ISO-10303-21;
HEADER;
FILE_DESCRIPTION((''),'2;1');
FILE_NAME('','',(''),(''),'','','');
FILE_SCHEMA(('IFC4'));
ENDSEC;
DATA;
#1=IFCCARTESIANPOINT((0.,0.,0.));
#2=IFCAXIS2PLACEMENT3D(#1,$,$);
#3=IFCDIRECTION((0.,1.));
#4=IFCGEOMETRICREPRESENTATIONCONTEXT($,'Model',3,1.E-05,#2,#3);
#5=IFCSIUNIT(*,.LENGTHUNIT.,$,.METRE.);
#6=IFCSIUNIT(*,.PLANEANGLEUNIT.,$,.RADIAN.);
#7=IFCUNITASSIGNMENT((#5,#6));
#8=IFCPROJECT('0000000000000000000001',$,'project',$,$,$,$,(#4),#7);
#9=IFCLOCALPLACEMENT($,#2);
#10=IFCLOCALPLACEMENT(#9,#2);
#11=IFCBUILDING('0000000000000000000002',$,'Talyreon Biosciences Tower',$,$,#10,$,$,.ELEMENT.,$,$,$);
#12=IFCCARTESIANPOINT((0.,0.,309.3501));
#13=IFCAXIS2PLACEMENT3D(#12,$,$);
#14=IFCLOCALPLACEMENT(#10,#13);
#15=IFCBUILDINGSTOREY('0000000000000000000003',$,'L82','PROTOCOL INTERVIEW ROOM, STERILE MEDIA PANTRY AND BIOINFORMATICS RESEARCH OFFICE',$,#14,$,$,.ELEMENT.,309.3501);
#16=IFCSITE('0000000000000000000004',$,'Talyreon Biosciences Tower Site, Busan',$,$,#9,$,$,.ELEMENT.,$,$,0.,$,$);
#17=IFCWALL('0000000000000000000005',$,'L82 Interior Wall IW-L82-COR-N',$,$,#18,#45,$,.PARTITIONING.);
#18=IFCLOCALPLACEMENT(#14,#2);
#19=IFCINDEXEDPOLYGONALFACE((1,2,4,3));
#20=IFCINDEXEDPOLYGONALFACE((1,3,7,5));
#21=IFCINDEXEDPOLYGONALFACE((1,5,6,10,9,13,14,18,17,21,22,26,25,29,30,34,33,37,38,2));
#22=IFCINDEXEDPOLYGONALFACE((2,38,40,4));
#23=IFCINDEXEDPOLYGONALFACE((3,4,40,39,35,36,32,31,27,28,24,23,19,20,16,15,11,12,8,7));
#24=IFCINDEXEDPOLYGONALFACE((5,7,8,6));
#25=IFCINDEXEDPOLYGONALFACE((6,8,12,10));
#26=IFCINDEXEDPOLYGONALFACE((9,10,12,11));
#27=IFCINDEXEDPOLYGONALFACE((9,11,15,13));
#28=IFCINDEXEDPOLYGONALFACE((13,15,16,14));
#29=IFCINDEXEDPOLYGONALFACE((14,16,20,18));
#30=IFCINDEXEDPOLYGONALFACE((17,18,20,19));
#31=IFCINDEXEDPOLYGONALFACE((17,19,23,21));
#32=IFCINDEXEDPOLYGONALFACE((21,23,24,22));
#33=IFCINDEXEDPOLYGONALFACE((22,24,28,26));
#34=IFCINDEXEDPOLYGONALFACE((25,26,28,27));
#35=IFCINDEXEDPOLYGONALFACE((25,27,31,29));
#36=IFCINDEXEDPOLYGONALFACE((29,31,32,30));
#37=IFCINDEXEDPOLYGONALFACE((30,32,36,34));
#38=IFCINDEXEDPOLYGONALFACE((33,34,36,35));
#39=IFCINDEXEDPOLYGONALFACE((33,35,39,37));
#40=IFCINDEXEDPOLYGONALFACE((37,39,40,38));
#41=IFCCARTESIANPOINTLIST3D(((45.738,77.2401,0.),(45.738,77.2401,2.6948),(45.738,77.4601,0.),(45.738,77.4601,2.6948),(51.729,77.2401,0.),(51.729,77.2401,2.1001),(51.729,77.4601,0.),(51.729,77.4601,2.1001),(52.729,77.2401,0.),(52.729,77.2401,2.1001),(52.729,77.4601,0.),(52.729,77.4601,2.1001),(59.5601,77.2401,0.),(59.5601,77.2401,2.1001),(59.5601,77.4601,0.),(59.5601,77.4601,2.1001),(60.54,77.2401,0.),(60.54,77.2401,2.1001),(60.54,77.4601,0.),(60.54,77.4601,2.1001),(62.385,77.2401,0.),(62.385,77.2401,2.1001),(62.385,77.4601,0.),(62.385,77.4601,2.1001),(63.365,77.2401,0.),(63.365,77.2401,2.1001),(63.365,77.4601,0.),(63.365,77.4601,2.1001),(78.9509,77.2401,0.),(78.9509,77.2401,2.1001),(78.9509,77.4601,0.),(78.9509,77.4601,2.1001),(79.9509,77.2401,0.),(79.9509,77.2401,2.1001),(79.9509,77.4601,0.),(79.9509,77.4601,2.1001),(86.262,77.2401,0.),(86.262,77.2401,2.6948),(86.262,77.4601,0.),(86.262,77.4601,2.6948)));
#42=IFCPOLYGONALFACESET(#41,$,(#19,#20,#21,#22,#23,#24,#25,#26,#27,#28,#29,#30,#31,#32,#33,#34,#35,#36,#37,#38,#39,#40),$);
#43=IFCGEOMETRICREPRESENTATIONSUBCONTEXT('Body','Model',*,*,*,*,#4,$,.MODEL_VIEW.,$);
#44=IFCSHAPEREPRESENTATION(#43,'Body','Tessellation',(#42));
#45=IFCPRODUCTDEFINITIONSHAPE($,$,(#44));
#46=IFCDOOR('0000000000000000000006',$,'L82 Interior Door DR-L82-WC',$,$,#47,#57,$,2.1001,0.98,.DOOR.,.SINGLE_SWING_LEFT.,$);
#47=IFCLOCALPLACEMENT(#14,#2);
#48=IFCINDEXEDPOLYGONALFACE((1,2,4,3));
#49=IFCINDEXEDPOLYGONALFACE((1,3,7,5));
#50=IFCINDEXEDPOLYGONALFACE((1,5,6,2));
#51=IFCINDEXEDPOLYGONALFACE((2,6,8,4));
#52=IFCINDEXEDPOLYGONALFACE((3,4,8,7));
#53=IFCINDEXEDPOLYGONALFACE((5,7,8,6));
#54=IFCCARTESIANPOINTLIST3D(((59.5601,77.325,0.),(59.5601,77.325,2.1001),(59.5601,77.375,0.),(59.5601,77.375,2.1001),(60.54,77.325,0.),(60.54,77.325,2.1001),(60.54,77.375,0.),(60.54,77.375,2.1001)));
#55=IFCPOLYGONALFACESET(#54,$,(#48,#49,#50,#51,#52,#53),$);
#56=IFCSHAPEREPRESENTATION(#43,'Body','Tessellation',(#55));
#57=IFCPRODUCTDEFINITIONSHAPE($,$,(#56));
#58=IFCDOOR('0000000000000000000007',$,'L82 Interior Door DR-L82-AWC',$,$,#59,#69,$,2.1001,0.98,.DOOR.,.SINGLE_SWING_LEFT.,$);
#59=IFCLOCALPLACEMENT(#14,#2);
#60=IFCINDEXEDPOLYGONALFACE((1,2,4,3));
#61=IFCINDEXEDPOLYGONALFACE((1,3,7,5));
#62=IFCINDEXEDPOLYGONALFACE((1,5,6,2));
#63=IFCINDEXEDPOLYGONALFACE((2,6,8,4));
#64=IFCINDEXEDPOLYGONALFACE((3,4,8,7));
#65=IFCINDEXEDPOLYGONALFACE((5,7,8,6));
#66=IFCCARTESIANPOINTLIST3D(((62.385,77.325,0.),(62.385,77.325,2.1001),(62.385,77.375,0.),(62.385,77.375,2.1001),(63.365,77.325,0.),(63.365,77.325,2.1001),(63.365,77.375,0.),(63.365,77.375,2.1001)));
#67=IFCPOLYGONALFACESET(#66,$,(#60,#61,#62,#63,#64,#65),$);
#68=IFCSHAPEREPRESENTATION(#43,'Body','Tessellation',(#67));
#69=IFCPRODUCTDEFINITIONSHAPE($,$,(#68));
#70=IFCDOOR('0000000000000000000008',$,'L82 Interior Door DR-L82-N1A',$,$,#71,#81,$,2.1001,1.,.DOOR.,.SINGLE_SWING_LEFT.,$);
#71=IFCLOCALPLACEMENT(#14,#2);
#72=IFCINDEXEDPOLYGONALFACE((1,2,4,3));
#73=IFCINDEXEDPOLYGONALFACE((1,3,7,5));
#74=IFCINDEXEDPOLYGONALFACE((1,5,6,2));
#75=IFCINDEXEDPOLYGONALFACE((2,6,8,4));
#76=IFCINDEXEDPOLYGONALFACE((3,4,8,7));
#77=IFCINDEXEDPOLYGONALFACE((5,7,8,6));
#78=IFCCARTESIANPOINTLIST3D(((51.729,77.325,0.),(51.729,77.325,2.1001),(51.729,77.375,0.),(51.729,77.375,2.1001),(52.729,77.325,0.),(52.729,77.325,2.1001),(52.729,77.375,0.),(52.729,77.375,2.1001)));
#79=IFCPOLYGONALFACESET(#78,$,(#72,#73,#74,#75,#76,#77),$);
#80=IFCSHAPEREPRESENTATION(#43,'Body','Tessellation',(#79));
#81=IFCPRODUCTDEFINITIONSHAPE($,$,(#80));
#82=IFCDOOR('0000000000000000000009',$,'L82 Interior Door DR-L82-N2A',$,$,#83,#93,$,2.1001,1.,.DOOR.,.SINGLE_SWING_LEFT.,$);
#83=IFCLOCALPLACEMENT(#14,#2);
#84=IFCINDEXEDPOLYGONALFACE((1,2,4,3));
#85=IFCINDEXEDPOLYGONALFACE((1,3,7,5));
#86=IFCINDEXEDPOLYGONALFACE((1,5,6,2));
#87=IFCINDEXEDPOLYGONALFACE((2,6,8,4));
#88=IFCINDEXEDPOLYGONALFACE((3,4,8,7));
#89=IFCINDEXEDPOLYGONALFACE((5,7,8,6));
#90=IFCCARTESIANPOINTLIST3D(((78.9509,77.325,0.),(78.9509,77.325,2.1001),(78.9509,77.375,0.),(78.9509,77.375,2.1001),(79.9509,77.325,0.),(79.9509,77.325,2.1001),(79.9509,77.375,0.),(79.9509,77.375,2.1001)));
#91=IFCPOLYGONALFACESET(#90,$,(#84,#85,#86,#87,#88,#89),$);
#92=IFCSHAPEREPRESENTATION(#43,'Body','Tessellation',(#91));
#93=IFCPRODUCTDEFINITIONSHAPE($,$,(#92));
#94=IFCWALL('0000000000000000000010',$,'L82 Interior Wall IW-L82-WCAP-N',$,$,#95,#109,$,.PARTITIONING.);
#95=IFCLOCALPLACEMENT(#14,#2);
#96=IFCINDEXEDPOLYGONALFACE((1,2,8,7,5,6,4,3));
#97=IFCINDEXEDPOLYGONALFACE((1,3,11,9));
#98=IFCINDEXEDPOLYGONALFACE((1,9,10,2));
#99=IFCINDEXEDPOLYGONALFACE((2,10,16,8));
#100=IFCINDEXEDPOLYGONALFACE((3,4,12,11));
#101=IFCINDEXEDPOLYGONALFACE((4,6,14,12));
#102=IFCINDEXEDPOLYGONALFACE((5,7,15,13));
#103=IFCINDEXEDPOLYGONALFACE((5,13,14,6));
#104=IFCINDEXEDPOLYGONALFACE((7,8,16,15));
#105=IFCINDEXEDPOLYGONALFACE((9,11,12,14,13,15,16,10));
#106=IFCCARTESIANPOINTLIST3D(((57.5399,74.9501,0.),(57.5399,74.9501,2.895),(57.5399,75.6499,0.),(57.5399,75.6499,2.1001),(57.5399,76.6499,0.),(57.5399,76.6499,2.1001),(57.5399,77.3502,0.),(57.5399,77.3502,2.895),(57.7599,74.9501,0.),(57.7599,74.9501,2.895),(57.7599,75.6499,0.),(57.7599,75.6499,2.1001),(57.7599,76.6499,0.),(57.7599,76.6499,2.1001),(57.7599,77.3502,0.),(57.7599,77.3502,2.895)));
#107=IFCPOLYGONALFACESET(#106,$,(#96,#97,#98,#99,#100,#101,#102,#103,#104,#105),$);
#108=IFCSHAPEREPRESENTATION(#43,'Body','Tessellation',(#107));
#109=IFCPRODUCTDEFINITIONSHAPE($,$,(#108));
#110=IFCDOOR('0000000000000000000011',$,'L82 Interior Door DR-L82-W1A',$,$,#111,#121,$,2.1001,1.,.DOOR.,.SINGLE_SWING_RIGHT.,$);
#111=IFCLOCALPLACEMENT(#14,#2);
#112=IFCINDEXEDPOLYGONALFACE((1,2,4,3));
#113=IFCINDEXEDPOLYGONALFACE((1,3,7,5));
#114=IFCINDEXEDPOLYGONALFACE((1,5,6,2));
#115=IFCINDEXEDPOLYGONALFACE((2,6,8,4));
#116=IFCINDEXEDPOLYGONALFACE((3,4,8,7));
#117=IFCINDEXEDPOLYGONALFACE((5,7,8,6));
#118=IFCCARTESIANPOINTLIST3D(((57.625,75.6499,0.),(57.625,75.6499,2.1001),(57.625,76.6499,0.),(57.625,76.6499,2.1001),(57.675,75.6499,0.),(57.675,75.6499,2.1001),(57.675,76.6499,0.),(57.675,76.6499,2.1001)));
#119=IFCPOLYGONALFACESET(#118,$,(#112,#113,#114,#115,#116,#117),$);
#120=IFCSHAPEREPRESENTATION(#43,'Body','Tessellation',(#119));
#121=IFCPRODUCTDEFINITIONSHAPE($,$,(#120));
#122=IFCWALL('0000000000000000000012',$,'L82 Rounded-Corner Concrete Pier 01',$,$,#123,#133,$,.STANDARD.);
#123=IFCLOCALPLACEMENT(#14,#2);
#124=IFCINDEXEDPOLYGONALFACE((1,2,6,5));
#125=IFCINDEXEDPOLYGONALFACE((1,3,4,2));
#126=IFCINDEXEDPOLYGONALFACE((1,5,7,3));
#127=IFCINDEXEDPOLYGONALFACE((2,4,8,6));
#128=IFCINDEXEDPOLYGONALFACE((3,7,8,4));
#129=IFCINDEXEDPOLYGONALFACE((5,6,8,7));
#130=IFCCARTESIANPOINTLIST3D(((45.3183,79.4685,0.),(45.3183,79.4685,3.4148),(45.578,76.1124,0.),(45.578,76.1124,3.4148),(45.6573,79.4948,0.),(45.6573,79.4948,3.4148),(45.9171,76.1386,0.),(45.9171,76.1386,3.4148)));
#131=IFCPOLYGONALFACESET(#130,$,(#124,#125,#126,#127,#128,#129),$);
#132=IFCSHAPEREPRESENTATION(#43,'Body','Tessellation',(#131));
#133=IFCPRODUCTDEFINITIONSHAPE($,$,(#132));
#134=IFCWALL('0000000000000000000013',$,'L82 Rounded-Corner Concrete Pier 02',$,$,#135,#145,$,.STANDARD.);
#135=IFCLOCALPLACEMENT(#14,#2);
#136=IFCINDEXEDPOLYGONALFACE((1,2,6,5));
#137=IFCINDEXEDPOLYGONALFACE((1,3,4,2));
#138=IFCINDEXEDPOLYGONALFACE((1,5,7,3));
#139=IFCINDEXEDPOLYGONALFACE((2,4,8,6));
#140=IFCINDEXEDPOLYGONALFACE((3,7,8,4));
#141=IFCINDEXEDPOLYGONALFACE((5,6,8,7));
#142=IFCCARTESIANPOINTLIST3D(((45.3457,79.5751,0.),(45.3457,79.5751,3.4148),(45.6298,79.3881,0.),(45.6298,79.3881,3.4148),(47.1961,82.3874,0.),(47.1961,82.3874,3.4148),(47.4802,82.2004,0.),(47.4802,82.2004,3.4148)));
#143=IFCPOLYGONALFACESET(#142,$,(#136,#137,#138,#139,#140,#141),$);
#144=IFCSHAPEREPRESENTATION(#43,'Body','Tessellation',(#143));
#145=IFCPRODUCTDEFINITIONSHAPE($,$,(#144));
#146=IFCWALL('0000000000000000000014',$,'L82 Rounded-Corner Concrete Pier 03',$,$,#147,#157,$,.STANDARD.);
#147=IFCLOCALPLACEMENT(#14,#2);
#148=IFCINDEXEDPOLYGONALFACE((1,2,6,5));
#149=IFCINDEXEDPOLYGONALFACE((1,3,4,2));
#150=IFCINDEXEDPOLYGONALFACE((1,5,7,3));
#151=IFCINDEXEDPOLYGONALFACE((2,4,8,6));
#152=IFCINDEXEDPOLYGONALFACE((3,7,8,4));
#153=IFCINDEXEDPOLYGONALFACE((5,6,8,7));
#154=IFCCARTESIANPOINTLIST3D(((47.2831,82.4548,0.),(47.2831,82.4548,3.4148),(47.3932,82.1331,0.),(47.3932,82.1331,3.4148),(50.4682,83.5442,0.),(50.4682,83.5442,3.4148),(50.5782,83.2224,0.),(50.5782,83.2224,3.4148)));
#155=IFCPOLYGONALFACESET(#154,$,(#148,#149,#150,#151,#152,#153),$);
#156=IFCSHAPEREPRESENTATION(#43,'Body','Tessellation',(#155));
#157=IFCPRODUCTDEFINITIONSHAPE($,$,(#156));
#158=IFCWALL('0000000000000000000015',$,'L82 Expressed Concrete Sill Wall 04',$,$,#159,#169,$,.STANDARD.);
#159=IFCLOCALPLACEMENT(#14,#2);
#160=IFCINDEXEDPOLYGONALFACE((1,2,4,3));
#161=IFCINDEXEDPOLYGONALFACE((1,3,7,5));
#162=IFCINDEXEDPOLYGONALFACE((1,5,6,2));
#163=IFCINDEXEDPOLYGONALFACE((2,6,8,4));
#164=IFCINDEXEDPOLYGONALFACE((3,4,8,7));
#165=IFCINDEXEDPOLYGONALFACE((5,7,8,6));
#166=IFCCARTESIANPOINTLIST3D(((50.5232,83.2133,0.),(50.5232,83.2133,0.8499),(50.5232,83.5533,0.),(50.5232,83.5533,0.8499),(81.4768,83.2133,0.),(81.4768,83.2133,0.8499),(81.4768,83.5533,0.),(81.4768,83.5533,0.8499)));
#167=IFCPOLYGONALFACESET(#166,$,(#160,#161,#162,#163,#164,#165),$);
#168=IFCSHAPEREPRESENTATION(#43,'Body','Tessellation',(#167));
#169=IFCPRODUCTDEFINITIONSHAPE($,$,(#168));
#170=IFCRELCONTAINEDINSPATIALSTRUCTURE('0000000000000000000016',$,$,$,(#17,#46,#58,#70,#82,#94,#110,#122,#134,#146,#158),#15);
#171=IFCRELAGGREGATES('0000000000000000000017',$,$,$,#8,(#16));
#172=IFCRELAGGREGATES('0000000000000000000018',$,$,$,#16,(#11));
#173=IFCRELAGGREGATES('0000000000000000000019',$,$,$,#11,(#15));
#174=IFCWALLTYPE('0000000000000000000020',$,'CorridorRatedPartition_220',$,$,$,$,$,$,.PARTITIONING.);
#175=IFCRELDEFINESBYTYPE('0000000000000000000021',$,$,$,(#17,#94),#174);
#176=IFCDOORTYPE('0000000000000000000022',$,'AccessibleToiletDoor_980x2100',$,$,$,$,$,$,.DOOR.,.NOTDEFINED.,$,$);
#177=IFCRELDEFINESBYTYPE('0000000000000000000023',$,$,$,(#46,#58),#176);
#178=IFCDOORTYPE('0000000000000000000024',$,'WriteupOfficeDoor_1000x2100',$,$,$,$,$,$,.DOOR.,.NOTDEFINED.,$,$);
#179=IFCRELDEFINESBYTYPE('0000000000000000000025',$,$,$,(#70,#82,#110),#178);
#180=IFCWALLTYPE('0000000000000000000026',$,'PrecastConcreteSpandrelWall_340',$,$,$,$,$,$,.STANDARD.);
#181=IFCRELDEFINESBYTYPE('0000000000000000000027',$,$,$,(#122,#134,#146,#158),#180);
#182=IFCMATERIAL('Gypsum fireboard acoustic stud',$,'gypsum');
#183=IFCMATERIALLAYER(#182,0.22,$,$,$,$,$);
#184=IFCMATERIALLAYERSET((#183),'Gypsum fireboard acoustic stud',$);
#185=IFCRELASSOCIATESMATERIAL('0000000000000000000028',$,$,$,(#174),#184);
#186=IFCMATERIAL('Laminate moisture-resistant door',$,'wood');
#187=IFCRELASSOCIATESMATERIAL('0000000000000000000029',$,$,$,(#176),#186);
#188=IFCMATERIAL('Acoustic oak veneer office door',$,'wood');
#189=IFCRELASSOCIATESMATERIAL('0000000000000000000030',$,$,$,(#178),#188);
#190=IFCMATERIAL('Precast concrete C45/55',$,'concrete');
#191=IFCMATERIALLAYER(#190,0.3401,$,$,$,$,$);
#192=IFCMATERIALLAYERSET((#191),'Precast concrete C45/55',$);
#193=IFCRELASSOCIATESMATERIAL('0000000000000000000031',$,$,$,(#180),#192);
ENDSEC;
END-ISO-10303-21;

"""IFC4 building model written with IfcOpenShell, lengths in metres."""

from ifc_helpers import new_model, si_unit, direction, frame, frame_2d, origin, place, context, subcontext, project, spatial, rectangle, extrude, material, layer, layer_set, type_object, element, fill, save


model = new_model("IFC4")

# Units and contexts
model_context = context("Model", 3, precision=1e-05, world=origin(), true_north=direction((0.0, 1.0)))
body_context = subcontext(model_context, "Body", "Model", "MODEL_VIEW")
ifc_project = project(units=[si_unit("LENGTHUNIT", "METRE"), si_unit("PLANEANGLEUNIT", "RADIAN")], contexts=[model_context])

# Site, building, storey
site_placement = place(None, origin())
site = spatial("IfcSite", under=ifc_project, at=site_placement, Name="Talyreon Biosciences Tower Site, Busan", CompositionType="ELEMENT", RefElevation=0.0)
building_placement = place(site_placement, origin())
building = spatial("IfcBuilding", under=site, at=building_placement, Name="Talyreon Biosciences Tower", CompositionType="ELEMENT")
storey_placement = place(building_placement, frame((0.0, 0.0, 309.3501)))
storey = spatial("IfcBuildingStorey", under=building, at=storey_placement, Name="L82", Description="PROTOCOL INTERVIEW ROOM, STERILE MEDIA PANTRY AND BIOINFORMATICS RESEARCH OFFICE", CompositionType="ELEMENT", Elevation=309.3501)

# Shared definitions
ifc_material_1 = material(Name="Precast concrete C45/55", Category="concrete")

# Wall, openings, doors
ifc_material_2 = material(Name="Gypsum fireboard acoustic stud", Category="gypsum")
ifc_layer_1 = layer(ifc_material_2, 0.22)
ifc_layer_set_1 = layer_set([ifc_layer_1], Name="Gypsum fireboard acoustic stud")
wall_type_1 = type_object("IfcWallType", Name="CorridorRatedPartition_220", PredefinedType="PARTITIONING", material=ifc_layer_set_1)
wall_1_placement = place(storey_placement, frame((45.738, 77.3501, 0.0), z_axis=(0.0, 0.0, 1.0), x_axis=(1.0, 0.0, 0.0)))
wall_1 = element("IfcWall", 1, at=wall_1_placement, inside=storey, type_object=wall_type_1, Name="L82 Interior Wall IW-L82-COR-N", PredefinedType="PARTITIONING", context=body_context, shape_type="SweptSolid", body=[
    extrude(rectangle(XDim=40.5239, YDim=0.22, at=frame_2d((20.262, 0.0))), origin(), (0.0, 0.0, 1.0), 2.6948),
])
opening_1_placement = place(wall_1_placement, frame((13.822, 0.0, 0.0)))
opening_1 = element("IfcOpeningElement", 2, at=opening_1_placement, cuts=wall_1, PredefinedType="OPENING", context=body_context, shape_type="SweptSolid", body=[
    extrude(rectangle(XDim=0.98, YDim=2.1001, at=frame_2d((0.49, 1.05))), frame((0.0, 0.1199, 0.0), z_axis=(0.0, -1.0, 0.0), x_axis=(1.0, 0.0, 0.0)), (0.0, 0.0, 1.0), 0.24),
])
opening_2_placement = place(wall_1_placement, frame((16.647, 0.0, 0.0)))
opening_2 = element("IfcOpeningElement", 3, at=opening_2_placement, cuts=wall_1, PredefinedType="OPENING", context=body_context, shape_type="SweptSolid", body=[
    extrude(rectangle(XDim=0.98, YDim=2.1001, at=frame_2d((0.49, 1.05))), frame((0.0, 0.1199, 0.0), z_axis=(0.0, -1.0, 0.0), x_axis=(1.0, 0.0, 0.0)), (0.0, 0.0, 1.0), 0.24),
])
opening_3_placement = place(wall_1_placement, frame((5.991, 0.0, 0.0)))
opening_3 = element("IfcOpeningElement", 4, at=opening_3_placement, cuts=wall_1, PredefinedType="OPENING", context=body_context, shape_type="SweptSolid", body=[
    extrude(rectangle(XDim=1.0, YDim=2.1001, at=frame_2d((0.5, 1.05))), frame((0.0, 0.1199, 0.0), z_axis=(0.0, -1.0, 0.0), x_axis=(1.0, 0.0, 0.0)), (0.0, 0.0, 1.0), 0.24),
])
opening_4_placement = place(wall_1_placement, frame((33.2129, 0.0, 0.0)))
opening_4 = element("IfcOpeningElement", 5, at=opening_4_placement, cuts=wall_1, PredefinedType="OPENING", context=body_context, shape_type="SweptSolid", body=[
    extrude(rectangle(XDim=1.0, YDim=2.1001, at=frame_2d((0.5, 1.05))), frame((0.0, 0.1199, 0.0), z_axis=(0.0, -1.0, 0.0), x_axis=(1.0, 0.0, 0.0)), (0.0, 0.0, 1.0), 0.24),
])
ifc_material_3 = material(Name="Laminate moisture-resistant door", Category="wood")
door_type_1 = type_object("IfcDoorType", Name="AccessibleToiletDoor_980x2100", OperationType="NOTDEFINED", PredefinedType="DOOR", material=ifc_material_3)
door_1_placement = place(opening_1_placement, origin())
door_1 = element("IfcDoor", 6, at=door_1_placement, inside=storey, type_object=door_type_1, Name="L82 Interior Door DR-L82-WC", OperationType="SINGLE_SWING_LEFT", OverallHeight=2.1001, OverallWidth=0.98, PredefinedType="DOOR", context=body_context, shape_type="SweptSolid", body=[
    extrude(rectangle(XDim=0.98, YDim=2.1001, at=frame_2d((0.49, 1.05))), frame((0.0, 0.0249, 0.0), z_axis=(0.0, -1.0, 0.0), x_axis=(1.0, 0.0, 0.0)), (0.0, 0.0, 1.0), 0.05),
])
fill(opening_1, door_1)
door_2_placement = place(opening_2_placement, origin())
door_2 = element("IfcDoor", 7, at=door_2_placement, inside=storey, type_object=door_type_1, Name="L82 Interior Door DR-L82-AWC", OperationType="SINGLE_SWING_LEFT", OverallHeight=2.1001, OverallWidth=0.98, PredefinedType="DOOR", context=body_context, shape_type="SweptSolid", body=[
    extrude(rectangle(XDim=0.98, YDim=2.1001, at=frame_2d((0.49, 1.05))), frame((0.0, 0.0249, 0.0), z_axis=(0.0, -1.0, 0.0), x_axis=(1.0, 0.0, 0.0)), (0.0, 0.0, 1.0), 0.05),
])
fill(opening_2, door_2)
ifc_material_4 = material(Name="Acoustic oak veneer office door", Category="wood")
door_type_2 = type_object("IfcDoorType", Name="WriteupOfficeDoor_1000x2100", OperationType="NOTDEFINED", PredefinedType="DOOR", material=ifc_material_4)
door_3_placement = place(opening_3_placement, origin())
door_3 = element("IfcDoor", 8, at=door_3_placement, inside=storey, type_object=door_type_2, Name="L82 Interior Door DR-L82-N1A", OperationType="SINGLE_SWING_LEFT", OverallHeight=2.1001, OverallWidth=1.0, PredefinedType="DOOR", context=body_context, shape_type="SweptSolid", body=[
    extrude(rectangle(XDim=1.0, YDim=2.1001, at=frame_2d((0.5, 1.05))), frame((0.0, 0.0249, 0.0), z_axis=(0.0, -1.0, 0.0), x_axis=(1.0, 0.0, 0.0)), (0.0, 0.0, 1.0), 0.05),
])
fill(opening_3, door_3)
door_4_placement = place(opening_4_placement, origin())
door_4 = element("IfcDoor", 9, at=door_4_placement, inside=storey, type_object=door_type_2, Name="L82 Interior Door DR-L82-N2A", OperationType="SINGLE_SWING_LEFT", OverallHeight=2.1001, OverallWidth=1.0, PredefinedType="DOOR", context=body_context, shape_type="SweptSolid", body=[
    extrude(rectangle(XDim=1.0, YDim=2.1001, at=frame_2d((0.5, 1.05))), frame((0.0, 0.0249, 0.0), z_axis=(0.0, -1.0, 0.0), x_axis=(1.0, 0.0, 0.0)), (0.0, 0.0, 1.0), 0.05),
])
fill(opening_4, door_4)

# Wall, opening, door
wall_2_placement = place(storey_placement, frame((57.6499, 74.95, 0.0), z_axis=(0.0, 0.0, 1.0), x_axis=(0.0, 1.0, 0.0)))
wall_2 = element("IfcWall", 10, at=wall_2_placement, inside=storey, type_object=wall_type_1, Name="L82 Interior Wall IW-L82-WCAP-N", PredefinedType="PARTITIONING", context=body_context, shape_type="SweptSolid", body=[
    extrude(rectangle(XDim=2.4001, YDim=0.22, at=frame_2d((1.2002, 0.0))), origin(), (0.0, 0.0, 1.0), 2.895),
])
opening_5_placement = place(wall_2_placement, frame((0.7, 0.0, 0.0)))
opening_5 = element("IfcOpeningElement", 11, at=opening_5_placement, cuts=wall_2, PredefinedType="OPENING", context=body_context, shape_type="SweptSolid", body=[
    extrude(rectangle(XDim=1.0, YDim=2.1001, at=frame_2d((0.5, 1.05))), frame((0.0, 0.1199, 0.0), z_axis=(0.0, -1.0, 0.0), x_axis=(1.0, 0.0, 0.0)), (0.0, 0.0, 1.0), 0.24),
])
door_5_placement = place(opening_5_placement, origin())
door_5 = element("IfcDoor", 12, at=door_5_placement, inside=storey, type_object=door_type_2, Name="L82 Interior Door DR-L82-W1A", OperationType="SINGLE_SWING_RIGHT", OverallHeight=2.1001, OverallWidth=1.0, PredefinedType="DOOR", context=body_context, shape_type="SweptSolid", body=[
    extrude(rectangle(XDim=1.0, YDim=2.1001, at=frame_2d((0.5, 1.05))), frame((0.0, 0.0249, 0.0), z_axis=(0.0, -1.0, 0.0), x_axis=(1.0, 0.0, 0.0)), (0.0, 0.0, 1.0), 0.05),
])
fill(opening_5, door_5)

# Walls
ifc_layer_2 = layer(ifc_material_1, 0.3401)
ifc_layer_set_2 = layer_set([ifc_layer_2], Name="Precast concrete C45/55")
wall_type_2 = type_object("IfcWallType", Name="PrecastConcreteSpandrelWall_340", PredefinedType="STANDARD", material=ifc_layer_set_2)
wall_3_placement = place(storey_placement, frame((45.7476, 76.1255, 0.0), z_axis=(0.0, 0.0, 1.0), x_axis=(-0.077168, 0.997018, 0.0)))
element("IfcWall", 13, at=wall_3_placement, inside=storey, type_object=wall_type_2, Name="L82 Rounded-Corner Concrete Pier 01", PredefinedType="STANDARD", context=body_context, shape_type="SweptSolid", body=[
    extrude(rectangle(XDim=3.3662, YDim=0.3401, at=frame_2d((1.6831, 0.0))), origin(), (0.0, 0.0, 1.0), 3.4148),
])
wall_4_placement = place(storey_placement, frame((45.4878, 79.4817, 0.0), z_axis=(0.0, 0.0, 1.0), x_axis=(0.549652, 0.835393, 0.0)))
element("IfcWall", 14, at=wall_4_placement, inside=storey, type_object=wall_type_2, Name="L82 Rounded-Corner Concrete Pier 02", PredefinedType="STANDARD", context=body_context, shape_type="SweptSolid", body=[
    extrude(rectangle(XDim=3.3665, YDim=0.3401, at=frame_2d((1.6831, 0.0))), origin(), (0.0, 0.0, 1.0), 3.4148),
])
wall_5_placement = place(storey_placement, frame((47.3381, 82.2939, 0.0), z_axis=(0.0, 0.0, 1.0), x_axis=(0.946189, 0.323616, 0.0)))
element("IfcWall", 15, at=wall_5_placement, inside=storey, type_object=wall_type_2, Name="L82 Rounded-Corner Concrete Pier 03", PredefinedType="STANDARD", context=body_context, shape_type="SweptSolid", body=[
    extrude(rectangle(XDim=3.3662, YDim=0.3401, at=frame_2d((1.6831, 0.0))), origin(), (0.0, 0.0, 1.0), 3.4148),
])
wall_6_placement = place(storey_placement, frame((50.5232, 83.3833, 0.0), z_axis=(0.0, 0.0, 1.0), x_axis=(1.0, 0.0, 0.0)))
element("IfcWall", 16, at=wall_6_placement, inside=storey, type_object=wall_type_2, Name="L82 Expressed Concrete Sill Wall 04", PredefinedType="STANDARD", context=body_context, shape_type="SweptSolid", body=[
    extrude(rectangle(XDim=30.9536, YDim=0.3401, at=frame_2d((15.4768, 0.0))), origin(), (0.0, 0.0, 1.0), 0.8499),
])

save(model, "model.ifc")
